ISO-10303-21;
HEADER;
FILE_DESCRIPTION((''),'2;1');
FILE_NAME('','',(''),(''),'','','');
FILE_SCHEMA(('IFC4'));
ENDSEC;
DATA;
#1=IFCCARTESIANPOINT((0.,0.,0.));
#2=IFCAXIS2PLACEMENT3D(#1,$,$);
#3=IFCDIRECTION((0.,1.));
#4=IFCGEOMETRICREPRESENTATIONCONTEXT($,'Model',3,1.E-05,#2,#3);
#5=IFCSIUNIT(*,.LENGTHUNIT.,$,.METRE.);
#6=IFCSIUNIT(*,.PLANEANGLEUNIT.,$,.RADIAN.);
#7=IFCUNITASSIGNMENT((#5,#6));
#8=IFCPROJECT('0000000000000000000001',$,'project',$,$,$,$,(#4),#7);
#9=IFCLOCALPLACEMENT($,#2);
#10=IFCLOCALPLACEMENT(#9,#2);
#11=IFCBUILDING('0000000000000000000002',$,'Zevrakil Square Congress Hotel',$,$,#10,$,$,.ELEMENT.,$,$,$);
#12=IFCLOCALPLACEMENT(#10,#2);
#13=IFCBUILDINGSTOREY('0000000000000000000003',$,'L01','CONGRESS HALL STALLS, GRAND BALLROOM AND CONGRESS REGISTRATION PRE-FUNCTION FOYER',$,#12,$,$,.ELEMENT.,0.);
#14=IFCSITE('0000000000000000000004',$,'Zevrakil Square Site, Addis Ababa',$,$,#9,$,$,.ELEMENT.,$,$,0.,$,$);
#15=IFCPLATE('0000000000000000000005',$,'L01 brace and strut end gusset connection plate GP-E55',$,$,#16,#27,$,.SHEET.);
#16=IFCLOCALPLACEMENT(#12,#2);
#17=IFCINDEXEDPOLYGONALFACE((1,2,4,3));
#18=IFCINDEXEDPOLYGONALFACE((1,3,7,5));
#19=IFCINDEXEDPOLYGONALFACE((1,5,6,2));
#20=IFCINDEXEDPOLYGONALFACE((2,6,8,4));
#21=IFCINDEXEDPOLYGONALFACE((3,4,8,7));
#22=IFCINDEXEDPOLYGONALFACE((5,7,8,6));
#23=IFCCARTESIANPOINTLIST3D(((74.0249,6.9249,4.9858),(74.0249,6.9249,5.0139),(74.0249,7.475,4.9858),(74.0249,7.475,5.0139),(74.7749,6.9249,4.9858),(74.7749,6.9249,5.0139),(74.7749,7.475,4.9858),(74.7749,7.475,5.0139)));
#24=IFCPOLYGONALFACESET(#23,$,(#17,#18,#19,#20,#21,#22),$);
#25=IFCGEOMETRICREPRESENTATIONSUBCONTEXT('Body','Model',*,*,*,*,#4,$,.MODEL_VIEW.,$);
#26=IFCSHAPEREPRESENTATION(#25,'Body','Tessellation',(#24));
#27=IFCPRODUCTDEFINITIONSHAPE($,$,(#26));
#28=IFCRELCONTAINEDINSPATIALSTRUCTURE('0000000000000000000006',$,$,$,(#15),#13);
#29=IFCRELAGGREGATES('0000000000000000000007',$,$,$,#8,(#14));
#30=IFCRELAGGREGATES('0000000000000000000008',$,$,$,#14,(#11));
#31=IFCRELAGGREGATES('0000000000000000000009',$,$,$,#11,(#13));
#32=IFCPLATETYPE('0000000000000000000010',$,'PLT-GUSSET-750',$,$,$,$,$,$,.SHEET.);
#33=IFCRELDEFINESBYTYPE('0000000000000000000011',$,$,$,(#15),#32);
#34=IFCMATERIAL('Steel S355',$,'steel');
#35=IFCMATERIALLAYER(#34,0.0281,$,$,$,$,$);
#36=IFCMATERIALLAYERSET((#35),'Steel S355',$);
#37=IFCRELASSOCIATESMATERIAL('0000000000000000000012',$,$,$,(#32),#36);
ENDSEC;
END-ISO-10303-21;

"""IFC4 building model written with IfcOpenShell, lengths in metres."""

from ifc_helpers import new_model, si_unit, direction, frame, origin, origin_2d, place, context, subcontext, project, spatial, rectangle, extrude, material, layer, layer_set, type_object, element, save


model = new_model("IFC4")

# Units and contexts
model_context = context("Model", 3, precision=1e-05, world=origin(), true_north=direction((0.0, 1.0)))
body_context = subcontext(model_context, "Body", "Model", "MODEL_VIEW")
ifc_project = project(units=[si_unit("LENGTHUNIT", "METRE"), si_unit("PLANEANGLEUNIT", "RADIAN")], contexts=[model_context])

# Site, building, storey
site_placement = place(None, origin())
site = spatial("IfcSite", under=ifc_project, at=site_placement, Name="Zevrakil Square Site, Addis Ababa", CompositionType="ELEMENT", RefElevation=0.0)
building_placement = place(site_placement, origin())
building = spatial("IfcBuilding", under=site, at=building_placement, Name="Zevrakil Square Congress Hotel", CompositionType="ELEMENT")
storey_placement = place(building_placement, origin())
storey = spatial("IfcBuildingStorey", under=building, at=storey_placement, Name="L01", Description="CONGRESS HALL STALLS, GRAND BALLROOM AND CONGRESS REGISTRATION PRE-FUNCTION FOYER", CompositionType="ELEMENT", Elevation=0.0)

# Plate
ifc_material_1 = material(Name="Steel S355", Category="steel")
ifc_layer_1 = layer(ifc_material_1, 0.0281)
ifc_layer_set_1 = layer_set([ifc_layer_1], Name="Steel S355")
plate_type_1 = type_object("IfcPlateType", Name="PLT-GUSSET-750", PredefinedType="SHEET", material=ifc_layer_set_1)
for number, where, z_axis, x_axis, name in (
    (1, (74.3999, 7.2, 4.9858), (0.0, 0.0, 1.0), (1.0, 0.0, 0.0), "L01 brace and strut end gusset connection plate GP-E55"),
):
    element("IfcPlate", number, at=place(storey_placement, frame(where, z_axis=z_axis, x_axis=x_axis)), inside=storey, type_object=plate_type_1, Name=name, PredefinedType="SHEET", context=body_context, shape_type="SweptSolid", body=[
        extrude(rectangle(XDim=0.75, YDim=0.55, at=origin_2d()), origin(), (0.0, 0.0, 1.0), 0.0281),
    ])

save(model, "model.ifc")
